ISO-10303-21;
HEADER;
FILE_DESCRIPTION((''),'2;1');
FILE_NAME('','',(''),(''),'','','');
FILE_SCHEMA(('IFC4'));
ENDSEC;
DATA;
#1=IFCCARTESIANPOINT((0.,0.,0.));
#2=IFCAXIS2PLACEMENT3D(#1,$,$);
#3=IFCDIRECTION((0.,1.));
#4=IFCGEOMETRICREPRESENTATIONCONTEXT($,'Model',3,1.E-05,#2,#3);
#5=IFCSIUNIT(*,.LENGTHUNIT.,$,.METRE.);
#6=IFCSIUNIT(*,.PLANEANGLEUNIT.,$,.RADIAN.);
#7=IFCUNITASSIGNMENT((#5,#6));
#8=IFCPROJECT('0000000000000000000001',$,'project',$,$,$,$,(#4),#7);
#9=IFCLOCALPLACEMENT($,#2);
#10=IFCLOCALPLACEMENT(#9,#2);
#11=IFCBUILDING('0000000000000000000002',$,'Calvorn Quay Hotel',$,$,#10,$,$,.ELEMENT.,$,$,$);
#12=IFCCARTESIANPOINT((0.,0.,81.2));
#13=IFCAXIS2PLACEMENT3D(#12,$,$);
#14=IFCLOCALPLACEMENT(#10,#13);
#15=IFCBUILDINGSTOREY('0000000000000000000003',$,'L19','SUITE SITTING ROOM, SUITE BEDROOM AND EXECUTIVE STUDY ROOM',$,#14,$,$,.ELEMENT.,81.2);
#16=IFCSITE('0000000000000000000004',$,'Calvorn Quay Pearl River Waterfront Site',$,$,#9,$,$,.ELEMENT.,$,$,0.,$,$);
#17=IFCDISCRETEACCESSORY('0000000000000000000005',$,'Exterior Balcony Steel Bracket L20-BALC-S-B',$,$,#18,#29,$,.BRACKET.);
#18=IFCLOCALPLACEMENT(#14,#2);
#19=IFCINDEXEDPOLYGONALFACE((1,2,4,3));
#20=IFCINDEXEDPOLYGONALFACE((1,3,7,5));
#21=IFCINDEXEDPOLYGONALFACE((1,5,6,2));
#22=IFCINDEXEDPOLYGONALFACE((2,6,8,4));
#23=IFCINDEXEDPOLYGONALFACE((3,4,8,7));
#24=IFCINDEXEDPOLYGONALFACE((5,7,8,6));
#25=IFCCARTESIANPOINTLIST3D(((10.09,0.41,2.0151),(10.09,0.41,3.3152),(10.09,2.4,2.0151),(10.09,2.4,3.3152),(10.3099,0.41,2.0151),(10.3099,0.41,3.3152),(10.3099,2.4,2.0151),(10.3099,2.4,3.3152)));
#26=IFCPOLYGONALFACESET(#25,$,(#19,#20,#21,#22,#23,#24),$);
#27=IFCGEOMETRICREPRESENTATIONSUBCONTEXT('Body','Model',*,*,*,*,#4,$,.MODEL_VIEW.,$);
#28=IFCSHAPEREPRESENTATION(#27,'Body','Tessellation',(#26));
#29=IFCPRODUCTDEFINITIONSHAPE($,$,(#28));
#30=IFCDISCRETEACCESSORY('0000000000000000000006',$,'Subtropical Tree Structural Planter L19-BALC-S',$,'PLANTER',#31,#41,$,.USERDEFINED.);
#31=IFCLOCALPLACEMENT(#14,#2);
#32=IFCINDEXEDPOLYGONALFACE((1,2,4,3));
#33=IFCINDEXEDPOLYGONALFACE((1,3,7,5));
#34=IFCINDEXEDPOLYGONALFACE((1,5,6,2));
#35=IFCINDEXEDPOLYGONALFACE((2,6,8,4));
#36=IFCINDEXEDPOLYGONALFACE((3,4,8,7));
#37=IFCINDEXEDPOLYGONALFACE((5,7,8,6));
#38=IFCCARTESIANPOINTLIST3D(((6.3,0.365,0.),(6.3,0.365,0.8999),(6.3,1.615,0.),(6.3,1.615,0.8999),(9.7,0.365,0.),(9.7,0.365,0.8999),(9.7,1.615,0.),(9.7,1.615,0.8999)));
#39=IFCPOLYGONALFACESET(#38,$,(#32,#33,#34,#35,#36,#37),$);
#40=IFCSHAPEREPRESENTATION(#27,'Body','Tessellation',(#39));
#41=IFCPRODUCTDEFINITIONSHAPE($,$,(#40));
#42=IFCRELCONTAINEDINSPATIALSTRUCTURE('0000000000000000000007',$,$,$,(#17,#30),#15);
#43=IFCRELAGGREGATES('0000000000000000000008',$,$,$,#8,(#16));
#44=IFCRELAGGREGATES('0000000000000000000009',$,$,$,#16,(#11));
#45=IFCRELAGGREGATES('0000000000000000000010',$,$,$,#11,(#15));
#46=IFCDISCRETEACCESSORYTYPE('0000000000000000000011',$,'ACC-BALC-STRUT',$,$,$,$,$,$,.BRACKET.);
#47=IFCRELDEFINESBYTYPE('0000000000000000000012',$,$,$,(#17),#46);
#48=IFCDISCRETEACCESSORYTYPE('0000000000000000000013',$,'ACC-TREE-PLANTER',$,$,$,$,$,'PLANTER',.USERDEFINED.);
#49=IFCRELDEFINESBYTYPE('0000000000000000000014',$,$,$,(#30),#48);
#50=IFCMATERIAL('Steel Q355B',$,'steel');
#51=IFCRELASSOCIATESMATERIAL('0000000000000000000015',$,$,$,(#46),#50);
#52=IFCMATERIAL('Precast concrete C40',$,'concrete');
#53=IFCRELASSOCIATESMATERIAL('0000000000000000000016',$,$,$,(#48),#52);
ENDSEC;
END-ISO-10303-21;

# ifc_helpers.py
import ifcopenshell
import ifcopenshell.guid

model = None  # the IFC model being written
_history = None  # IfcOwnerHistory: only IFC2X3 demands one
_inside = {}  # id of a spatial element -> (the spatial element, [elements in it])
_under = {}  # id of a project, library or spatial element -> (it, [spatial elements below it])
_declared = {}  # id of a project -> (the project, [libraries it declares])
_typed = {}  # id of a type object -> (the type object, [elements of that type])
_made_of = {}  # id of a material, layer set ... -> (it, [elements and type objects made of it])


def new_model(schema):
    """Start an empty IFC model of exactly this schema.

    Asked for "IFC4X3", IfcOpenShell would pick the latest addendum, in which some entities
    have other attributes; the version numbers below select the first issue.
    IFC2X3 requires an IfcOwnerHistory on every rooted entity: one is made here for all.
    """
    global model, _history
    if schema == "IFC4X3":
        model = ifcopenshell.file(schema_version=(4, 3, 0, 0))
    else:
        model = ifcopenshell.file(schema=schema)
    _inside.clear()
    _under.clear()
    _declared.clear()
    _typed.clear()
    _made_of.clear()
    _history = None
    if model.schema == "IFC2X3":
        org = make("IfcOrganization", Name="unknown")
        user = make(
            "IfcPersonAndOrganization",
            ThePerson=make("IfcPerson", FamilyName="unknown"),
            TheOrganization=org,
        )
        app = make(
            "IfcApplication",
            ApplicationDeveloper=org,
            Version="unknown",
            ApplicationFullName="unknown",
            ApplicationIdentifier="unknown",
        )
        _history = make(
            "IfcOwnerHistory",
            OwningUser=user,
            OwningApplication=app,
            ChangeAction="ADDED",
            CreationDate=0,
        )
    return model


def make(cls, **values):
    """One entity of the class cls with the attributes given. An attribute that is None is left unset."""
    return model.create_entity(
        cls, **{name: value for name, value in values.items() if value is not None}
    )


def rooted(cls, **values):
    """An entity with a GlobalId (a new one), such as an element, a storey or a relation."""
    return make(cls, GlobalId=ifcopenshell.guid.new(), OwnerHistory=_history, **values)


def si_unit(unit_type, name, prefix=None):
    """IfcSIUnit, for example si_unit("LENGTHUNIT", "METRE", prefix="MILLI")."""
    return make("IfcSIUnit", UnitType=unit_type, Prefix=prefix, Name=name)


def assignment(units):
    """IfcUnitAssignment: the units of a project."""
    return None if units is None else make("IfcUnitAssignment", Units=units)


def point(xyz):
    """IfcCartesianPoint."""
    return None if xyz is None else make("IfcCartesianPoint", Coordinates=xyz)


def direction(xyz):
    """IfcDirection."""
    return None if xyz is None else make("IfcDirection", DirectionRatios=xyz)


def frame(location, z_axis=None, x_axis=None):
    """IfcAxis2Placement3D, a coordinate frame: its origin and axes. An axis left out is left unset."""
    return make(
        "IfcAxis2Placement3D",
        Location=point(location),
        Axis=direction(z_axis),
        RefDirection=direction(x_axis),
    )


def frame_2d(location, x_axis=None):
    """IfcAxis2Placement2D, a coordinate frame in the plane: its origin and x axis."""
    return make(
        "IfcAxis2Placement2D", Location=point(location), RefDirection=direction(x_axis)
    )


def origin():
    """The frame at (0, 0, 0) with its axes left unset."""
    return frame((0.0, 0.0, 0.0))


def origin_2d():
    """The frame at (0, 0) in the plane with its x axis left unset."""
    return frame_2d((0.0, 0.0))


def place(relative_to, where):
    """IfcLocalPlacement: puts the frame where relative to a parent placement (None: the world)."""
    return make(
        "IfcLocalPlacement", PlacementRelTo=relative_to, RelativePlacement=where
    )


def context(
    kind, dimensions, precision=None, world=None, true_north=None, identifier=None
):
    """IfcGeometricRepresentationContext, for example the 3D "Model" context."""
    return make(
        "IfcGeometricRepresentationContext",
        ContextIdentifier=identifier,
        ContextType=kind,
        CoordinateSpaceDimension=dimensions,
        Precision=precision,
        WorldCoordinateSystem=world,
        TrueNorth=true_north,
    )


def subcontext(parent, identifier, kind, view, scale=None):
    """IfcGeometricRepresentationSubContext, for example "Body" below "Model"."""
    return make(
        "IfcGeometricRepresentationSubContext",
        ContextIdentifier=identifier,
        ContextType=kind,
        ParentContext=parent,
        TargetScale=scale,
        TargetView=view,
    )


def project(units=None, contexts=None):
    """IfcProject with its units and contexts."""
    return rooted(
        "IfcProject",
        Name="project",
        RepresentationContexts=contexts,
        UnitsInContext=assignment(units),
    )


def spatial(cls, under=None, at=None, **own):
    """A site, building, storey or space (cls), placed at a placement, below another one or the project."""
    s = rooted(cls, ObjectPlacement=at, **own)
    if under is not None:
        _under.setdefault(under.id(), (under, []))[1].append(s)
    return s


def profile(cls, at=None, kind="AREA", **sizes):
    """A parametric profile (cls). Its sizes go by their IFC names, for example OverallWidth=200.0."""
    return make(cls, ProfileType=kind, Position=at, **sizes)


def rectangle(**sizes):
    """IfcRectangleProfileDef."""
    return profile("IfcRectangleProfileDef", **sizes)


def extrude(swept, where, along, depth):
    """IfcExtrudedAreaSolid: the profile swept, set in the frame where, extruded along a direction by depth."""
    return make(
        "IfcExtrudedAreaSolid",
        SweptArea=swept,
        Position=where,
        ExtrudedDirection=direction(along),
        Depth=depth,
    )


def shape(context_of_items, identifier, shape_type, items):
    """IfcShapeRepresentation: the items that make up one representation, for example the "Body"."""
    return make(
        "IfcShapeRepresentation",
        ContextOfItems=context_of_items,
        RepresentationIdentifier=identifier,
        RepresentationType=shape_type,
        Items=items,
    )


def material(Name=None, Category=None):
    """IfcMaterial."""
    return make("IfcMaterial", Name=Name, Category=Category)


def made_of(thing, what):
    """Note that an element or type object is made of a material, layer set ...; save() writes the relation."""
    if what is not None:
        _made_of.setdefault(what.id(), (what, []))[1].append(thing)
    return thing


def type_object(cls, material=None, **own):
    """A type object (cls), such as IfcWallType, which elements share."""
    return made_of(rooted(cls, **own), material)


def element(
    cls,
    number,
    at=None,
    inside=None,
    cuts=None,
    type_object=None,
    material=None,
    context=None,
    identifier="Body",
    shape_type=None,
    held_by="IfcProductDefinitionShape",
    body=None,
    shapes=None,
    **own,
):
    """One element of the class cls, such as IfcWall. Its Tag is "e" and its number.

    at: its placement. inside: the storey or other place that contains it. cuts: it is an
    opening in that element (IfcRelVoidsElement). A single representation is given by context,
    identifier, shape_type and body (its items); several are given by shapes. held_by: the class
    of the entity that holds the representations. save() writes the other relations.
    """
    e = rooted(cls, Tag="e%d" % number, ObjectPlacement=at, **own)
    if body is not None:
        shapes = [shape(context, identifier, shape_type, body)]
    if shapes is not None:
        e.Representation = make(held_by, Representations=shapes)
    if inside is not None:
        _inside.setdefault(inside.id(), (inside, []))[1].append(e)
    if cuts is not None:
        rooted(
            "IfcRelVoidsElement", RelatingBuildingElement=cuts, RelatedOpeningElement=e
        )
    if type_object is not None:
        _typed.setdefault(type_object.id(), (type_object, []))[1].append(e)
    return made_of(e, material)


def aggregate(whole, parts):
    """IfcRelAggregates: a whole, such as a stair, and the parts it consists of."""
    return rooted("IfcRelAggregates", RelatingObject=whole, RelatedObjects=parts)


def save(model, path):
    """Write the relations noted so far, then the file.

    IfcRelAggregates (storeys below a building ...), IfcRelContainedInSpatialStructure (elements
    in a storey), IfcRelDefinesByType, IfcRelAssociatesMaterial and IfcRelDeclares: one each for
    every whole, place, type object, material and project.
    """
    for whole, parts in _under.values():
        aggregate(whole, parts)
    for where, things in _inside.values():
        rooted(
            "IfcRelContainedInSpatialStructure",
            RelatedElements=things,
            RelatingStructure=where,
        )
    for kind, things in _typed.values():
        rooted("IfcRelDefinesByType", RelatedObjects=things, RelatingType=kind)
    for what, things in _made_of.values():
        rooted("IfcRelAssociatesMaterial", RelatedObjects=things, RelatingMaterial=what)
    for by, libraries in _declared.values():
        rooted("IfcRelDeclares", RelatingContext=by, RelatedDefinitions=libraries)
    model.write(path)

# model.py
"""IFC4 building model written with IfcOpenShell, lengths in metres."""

from ifc_helpers import new_model, si_unit, direction, frame, origin, origin_2d, place, context, subcontext, project, spatial, rectangle, extrude, material, type_object, element, save


model = new_model("IFC4")

# Units and contexts
model_context = context("Model", 3, precision=1e-05, world=origin(), true_north=direction((0.0, 1.0)))
body_context = subcontext(model_context, "Body", "Model", "MODEL_VIEW")
ifc_project = project(units=[si_unit("LENGTHUNIT", "METRE"), si_unit("PLANEANGLEUNIT", "RADIAN")], contexts=[model_context])

# Site, building, storey
site_placement = place(None, origin())
site = spatial("IfcSite", under=ifc_project, at=site_placement, Name="Calvorn Quay Pearl River Waterfront Site", CompositionType="ELEMENT", RefElevation=0.0)
building_placement = place(site_placement, origin())
building = spatial("IfcBuilding", under=site, at=building_placement, Name="Calvorn Quay Hotel", CompositionType="ELEMENT")
storey_placement = place(building_placement, frame((0.0, 0.0, 81.2)))
storey = spatial("IfcBuildingStorey", under=building, at=storey_placement, Name="L19", Description="SUITE SITTING ROOM, SUITE BEDROOM AND EXECUTIVE STUDY ROOM", CompositionType="ELEMENT", Elevation=81.2)

# Discrete accessories
ifc_material_1 = material(Name="Steel Q355B", Category="steel")
discrete_accessory_type_1 = type_object("IfcDiscreteAccessoryType", Name="ACC-BALC-STRUT", PredefinedType="BRACKET", material=ifc_material_1)
for number, where, z_axis, x_axis, name in (
    (1, (10.2, 1.405, 2.0151), (0.0, 0.0, 1.0), (1.0, 0.0, 0.0), "Exterior Balcony Steel Bracket L20-BALC-S-B"),
):
    element("IfcDiscreteAccessory", number, at=place(storey_placement, frame(where, z_axis=z_axis, x_axis=x_axis)), inside=storey, type_object=discrete_accessory_type_1, Name=name, PredefinedType="BRACKET", context=body_context, shape_type="SweptSolid", body=[
        extrude(rectangle(XDim=0.22, YDim=1.99, at=origin_2d()), origin(), (0.0, 0.0, 1.0), 1.3),
    ])
ifc_material_2 = material(Name="Precast concrete C40", Category="concrete")
discrete_accessory_type_2 = type_object("IfcDiscreteAccessoryType", Name="ACC-TREE-PLANTER", ElementType="PLANTER", PredefinedType="USERDEFINED", material=ifc_material_2)
discrete_accessory_placement = place(storey_placement, frame((8.0, 0.99, 0.0), z_axis=(0.0, 0.0, 1.0), x_axis=(1.0, 0.0, 0.0)))
element("IfcDiscreteAccessory", 2, at=discrete_accessory_placement, inside=storey, type_object=discrete_accessory_type_2, Name="Subtropical Tree Structural Planter L19-BALC-S", ObjectType="PLANTER", PredefinedType="USERDEFINED", context=body_context, shape_type="SweptSolid", body=[
    extrude(rectangle(XDim=3.3999, YDim=1.25, at=origin_2d()), origin(), (0.0, 0.0, 1.0), 0.8999),
])

save(model, "model.ifc")
